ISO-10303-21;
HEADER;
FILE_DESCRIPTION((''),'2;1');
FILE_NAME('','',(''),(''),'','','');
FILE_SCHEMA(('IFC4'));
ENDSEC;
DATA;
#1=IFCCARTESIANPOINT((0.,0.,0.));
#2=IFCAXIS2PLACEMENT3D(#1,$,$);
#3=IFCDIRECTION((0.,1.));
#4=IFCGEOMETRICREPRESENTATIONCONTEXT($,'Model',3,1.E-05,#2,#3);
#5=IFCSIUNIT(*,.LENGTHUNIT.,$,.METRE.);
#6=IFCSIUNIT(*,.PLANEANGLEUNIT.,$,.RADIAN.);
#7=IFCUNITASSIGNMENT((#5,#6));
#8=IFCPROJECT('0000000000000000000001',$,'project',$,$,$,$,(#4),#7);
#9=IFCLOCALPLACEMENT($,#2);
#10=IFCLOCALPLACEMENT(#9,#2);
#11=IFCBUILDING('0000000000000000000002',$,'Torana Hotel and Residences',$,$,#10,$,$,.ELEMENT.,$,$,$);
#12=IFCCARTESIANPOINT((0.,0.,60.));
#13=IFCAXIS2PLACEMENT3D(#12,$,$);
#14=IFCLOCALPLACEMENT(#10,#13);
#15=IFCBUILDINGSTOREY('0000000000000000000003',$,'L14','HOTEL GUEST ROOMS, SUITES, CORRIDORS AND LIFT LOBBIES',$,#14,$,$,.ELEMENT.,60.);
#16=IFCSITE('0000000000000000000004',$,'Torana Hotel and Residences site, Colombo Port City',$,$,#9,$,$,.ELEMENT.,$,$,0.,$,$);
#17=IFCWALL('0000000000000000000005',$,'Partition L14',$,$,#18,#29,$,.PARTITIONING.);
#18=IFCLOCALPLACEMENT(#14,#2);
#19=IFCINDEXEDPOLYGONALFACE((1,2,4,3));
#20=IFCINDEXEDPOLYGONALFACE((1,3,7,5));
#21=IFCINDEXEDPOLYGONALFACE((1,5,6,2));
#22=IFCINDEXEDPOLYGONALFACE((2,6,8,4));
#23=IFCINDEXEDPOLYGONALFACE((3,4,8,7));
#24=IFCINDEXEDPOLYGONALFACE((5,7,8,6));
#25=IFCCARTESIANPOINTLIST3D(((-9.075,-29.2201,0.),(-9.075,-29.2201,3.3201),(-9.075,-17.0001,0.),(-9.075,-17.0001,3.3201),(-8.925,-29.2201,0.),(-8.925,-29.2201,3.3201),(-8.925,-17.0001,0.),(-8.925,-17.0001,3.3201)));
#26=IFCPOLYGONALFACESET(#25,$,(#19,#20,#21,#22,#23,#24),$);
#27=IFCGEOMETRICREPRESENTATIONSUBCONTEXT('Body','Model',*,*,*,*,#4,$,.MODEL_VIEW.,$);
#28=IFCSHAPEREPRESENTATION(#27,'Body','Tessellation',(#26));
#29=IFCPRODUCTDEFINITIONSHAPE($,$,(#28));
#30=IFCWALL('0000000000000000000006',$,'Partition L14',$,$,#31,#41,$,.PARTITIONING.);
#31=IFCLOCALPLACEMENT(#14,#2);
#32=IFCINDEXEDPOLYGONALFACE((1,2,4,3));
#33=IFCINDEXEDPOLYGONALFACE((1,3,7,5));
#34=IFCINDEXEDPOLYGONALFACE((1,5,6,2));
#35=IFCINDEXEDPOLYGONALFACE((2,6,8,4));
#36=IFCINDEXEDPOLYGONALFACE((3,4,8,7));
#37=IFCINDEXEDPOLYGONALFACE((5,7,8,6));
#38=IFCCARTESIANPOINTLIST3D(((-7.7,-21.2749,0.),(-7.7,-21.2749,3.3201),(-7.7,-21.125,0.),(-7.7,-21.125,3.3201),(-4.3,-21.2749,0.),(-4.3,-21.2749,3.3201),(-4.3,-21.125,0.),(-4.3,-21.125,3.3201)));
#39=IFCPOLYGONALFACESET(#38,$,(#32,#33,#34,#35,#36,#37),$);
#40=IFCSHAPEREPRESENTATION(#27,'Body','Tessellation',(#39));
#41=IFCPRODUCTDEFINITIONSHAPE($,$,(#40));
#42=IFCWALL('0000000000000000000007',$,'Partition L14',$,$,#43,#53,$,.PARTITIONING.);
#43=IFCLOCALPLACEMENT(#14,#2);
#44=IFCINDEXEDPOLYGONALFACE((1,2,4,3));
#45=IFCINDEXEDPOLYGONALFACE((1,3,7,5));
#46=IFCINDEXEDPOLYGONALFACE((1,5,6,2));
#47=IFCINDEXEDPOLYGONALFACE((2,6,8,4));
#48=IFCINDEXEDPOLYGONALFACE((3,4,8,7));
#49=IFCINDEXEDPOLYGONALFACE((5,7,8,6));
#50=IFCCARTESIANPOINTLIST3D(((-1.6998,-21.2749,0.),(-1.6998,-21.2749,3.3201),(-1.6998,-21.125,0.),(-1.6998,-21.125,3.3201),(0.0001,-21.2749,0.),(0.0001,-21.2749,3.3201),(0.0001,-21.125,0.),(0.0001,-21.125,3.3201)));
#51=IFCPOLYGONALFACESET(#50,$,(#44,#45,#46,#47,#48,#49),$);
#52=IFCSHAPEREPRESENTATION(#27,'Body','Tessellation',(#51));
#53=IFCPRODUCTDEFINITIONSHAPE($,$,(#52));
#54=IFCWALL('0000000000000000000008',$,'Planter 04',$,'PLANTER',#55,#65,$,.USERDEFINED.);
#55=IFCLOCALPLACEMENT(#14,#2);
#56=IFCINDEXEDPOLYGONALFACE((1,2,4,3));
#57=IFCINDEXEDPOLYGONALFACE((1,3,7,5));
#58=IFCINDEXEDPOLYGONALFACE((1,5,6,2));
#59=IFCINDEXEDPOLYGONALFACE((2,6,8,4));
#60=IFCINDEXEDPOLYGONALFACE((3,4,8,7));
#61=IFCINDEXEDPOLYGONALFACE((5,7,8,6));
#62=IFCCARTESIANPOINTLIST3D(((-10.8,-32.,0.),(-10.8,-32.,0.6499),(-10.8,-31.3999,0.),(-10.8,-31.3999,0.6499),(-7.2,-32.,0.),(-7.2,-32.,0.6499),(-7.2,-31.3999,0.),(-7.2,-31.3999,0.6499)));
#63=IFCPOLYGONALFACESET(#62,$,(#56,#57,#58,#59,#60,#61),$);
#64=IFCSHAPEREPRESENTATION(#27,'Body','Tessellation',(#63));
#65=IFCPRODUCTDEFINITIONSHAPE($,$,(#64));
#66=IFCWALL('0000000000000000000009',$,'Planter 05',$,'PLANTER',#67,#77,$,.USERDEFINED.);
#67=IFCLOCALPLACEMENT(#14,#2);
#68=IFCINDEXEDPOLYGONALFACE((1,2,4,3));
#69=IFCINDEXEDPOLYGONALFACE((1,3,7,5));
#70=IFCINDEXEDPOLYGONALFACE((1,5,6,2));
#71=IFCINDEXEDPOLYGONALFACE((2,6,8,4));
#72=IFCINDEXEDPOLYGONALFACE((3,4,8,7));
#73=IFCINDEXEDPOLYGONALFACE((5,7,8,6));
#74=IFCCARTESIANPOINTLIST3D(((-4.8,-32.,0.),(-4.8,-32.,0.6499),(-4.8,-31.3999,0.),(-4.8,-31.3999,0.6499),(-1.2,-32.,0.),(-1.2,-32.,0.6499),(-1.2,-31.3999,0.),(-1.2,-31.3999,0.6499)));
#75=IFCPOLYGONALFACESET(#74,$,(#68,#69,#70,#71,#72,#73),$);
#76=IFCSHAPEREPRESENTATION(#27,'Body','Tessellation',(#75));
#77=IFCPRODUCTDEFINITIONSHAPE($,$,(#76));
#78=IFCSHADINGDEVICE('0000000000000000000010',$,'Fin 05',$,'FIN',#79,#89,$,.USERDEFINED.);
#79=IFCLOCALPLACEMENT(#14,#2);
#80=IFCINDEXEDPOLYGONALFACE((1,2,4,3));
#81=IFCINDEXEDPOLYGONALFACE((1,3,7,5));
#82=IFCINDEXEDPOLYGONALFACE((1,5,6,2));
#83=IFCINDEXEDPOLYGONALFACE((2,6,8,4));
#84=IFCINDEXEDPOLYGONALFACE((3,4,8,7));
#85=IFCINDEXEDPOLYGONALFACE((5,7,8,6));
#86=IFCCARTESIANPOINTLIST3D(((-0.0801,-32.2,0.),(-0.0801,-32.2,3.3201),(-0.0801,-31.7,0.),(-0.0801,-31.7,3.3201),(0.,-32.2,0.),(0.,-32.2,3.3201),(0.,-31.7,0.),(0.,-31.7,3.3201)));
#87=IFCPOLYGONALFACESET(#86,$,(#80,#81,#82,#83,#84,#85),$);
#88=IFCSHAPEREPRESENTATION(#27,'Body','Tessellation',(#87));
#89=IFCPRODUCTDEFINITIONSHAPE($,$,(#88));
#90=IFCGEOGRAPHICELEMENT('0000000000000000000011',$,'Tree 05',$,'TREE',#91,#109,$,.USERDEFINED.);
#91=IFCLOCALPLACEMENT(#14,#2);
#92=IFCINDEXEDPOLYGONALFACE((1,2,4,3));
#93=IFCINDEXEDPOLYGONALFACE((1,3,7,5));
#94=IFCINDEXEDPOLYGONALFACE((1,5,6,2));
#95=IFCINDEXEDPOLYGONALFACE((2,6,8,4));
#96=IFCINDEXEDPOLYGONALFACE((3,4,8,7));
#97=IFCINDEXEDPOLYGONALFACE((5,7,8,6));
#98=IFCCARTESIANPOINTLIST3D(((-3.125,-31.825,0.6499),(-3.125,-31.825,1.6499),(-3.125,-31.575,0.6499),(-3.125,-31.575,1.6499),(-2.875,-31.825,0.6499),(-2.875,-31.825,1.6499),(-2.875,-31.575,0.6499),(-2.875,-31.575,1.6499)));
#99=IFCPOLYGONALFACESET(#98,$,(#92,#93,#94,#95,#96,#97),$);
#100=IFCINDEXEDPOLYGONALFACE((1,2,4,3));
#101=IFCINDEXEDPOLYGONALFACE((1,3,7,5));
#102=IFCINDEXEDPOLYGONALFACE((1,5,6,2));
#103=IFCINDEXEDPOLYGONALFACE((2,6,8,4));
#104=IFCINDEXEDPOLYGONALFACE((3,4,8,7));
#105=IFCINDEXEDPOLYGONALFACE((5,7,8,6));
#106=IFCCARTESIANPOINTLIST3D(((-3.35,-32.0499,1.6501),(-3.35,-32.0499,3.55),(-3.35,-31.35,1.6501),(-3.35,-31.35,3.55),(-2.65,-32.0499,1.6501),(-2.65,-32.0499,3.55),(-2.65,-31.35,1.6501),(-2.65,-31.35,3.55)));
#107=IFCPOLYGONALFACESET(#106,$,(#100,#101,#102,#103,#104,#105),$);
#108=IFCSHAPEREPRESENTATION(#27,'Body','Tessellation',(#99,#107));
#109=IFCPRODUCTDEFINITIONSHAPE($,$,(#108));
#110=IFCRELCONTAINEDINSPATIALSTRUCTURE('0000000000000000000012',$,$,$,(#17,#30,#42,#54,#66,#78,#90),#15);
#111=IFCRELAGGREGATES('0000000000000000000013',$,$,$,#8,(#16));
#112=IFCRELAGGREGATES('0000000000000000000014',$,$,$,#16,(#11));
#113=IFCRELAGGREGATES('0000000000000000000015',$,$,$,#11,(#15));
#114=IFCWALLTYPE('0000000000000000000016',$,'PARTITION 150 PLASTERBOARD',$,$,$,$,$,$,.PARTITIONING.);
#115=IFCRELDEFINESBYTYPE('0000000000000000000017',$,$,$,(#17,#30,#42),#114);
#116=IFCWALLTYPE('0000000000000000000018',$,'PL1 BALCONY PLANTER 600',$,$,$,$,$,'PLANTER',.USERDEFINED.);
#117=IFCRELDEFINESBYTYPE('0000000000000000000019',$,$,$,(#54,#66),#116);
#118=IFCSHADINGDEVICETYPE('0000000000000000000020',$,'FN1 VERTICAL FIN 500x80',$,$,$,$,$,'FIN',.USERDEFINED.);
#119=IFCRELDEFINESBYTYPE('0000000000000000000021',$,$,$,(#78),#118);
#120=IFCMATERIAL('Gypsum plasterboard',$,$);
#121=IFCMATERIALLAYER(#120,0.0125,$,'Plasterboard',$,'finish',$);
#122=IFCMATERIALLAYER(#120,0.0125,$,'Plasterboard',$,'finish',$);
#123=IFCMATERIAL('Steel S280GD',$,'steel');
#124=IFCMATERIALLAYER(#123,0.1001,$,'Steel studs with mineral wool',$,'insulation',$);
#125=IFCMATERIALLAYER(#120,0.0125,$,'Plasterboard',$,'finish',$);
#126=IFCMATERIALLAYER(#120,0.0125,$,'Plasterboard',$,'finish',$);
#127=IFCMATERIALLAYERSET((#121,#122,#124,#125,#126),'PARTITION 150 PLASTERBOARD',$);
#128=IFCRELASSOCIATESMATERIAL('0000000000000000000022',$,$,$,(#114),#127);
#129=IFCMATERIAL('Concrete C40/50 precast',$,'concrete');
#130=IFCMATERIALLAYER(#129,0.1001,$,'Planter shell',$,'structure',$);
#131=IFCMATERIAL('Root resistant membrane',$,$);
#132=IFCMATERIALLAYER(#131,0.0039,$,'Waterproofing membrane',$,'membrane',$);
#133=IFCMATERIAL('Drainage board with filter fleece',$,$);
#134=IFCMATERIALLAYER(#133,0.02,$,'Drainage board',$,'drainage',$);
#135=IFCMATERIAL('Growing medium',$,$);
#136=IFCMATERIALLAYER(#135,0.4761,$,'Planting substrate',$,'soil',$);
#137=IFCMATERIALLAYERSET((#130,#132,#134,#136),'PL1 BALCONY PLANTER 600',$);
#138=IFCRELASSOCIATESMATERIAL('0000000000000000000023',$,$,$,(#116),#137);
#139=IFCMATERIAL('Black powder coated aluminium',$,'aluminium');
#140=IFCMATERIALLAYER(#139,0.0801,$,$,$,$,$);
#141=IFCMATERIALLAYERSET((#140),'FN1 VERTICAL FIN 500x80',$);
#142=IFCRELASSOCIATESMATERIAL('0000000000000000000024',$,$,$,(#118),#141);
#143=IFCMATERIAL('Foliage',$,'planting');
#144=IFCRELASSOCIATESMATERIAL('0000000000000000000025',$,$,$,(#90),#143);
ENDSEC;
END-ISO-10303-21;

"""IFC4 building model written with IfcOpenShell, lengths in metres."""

from ifc_helpers import new_model, si_unit, direction, frame, frame_2d, origin, origin_2d, place, context, subcontext, project, spatial, rectangle, extrude, material, layer, layer_set, type_object, element, save


model = new_model("IFC4")

# Units and contexts
model_context = context("Model", 3, precision=1e-05, world=origin(), true_north=direction((0.0, 1.0)))
body_context = subcontext(model_context, "Body", "Model", "MODEL_VIEW")
ifc_project = project(units=[si_unit("LENGTHUNIT", "METRE"), si_unit("PLANEANGLEUNIT", "RADIAN")], contexts=[model_context])

# Site, building, storey
site_placement = place(None, origin())
site = spatial("IfcSite", under=ifc_project, at=site_placement, Name="Torana Hotel and Residences site, Colombo Port City", CompositionType="ELEMENT", RefElevation=0.0)
building_placement = place(site_placement, origin())
building = spatial("IfcBuilding", under=site, at=building_placement, Name="Torana Hotel and Residences", CompositionType="ELEMENT")
storey_placement = place(building_placement, frame((0.0, 0.0, 60.0)))
storey = spatial("IfcBuildingStorey", under=building, at=storey_placement, Name="L14", Description="HOTEL GUEST ROOMS, SUITES, CORRIDORS AND LIFT LOBBIES", CompositionType="ELEMENT", Elevation=60.0)

# Shared definitions
ifc_material_1 = material(Name="Gypsum plasterboard")
ifc_layer_1 = layer(ifc_material_1, 0.0125, Name="Plasterboard", Category="finish")
ifc_layer_2 = layer(ifc_material_1, 0.0125, Name="Plasterboard", Category="finish")
ifc_material_2 = material(Name="Steel S280GD", Category="steel")
ifc_layer_3 = layer(ifc_material_2, 0.1001, Name="Steel studs with mineral wool", Category="insulation")
ifc_layer_4 = layer(ifc_material_1, 0.0125, Name="Plasterboard", Category="finish")
ifc_layer_5 = layer(ifc_material_1, 0.0125, Name="Plasterboard", Category="finish")
ifc_layer_set_1 = layer_set([ifc_layer_1, ifc_layer_2, ifc_layer_3, ifc_layer_4, ifc_layer_5], Name="PARTITION 150 PLASTERBOARD")
wall_type_1 = type_object("IfcWallType", Name="PARTITION 150 PLASTERBOARD", PredefinedType="PARTITIONING", material=ifc_layer_set_1)

# Walls
wall_1_placement = place(storey_placement, frame((-9.0, -29.22, 0.0), z_axis=(0.0, 0.0, 1.0), x_axis=(0.0, 1.0, 0.0)))
element("IfcWall", 1, at=wall_1_placement, inside=storey, type_object=wall_type_1, Name="Partition L14", PredefinedType="PARTITIONING", context=body_context, shape_type="SweptSolid", body=[
    extrude(rectangle(XDim=12.22, YDim=0.1499, at=frame_2d((6.1099, 0.0))), origin(), (0.0, 0.0, 1.0), 3.3201),
])
wall_2_placement = place(storey_placement, frame((-7.7, -21.2, 0.0), z_axis=(0.0, 0.0, 1.0), x_axis=(1.0, 0.0, 0.0)))
element("IfcWall", 2, at=wall_2_placement, inside=storey, type_object=wall_type_1, Name="Partition L14", PredefinedType="PARTITIONING", context=body_context, shape_type="SweptSolid", body=[
    extrude(rectangle(XDim=3.3999, YDim=0.1499, at=frame_2d((1.7, 0.0))), origin(), (0.0, 0.0, 1.0), 3.3201),
])
wall_3_placement = place(storey_placement, frame((-1.7, -21.2, 0.0), z_axis=(0.0, 0.0, 1.0), x_axis=(1.0, 0.0, 0.0)))
element("IfcWall", 3, at=wall_3_placement, inside=storey, type_object=wall_type_1, Name="Partition L14", PredefinedType="PARTITIONING", context=body_context, shape_type="SweptSolid", body=[
    extrude(rectangle(XDim=1.7, YDim=0.1499, at=frame_2d((0.8501, 0.0))), origin(), (0.0, 0.0, 1.0), 3.3201),
])
ifc_material_3 = material(Name="Concrete C40/50 precast", Category="concrete")
ifc_layer_6 = layer(ifc_material_3, 0.1001, Name="Planter shell", Category="structure")
ifc_material_4 = material(Name="Root resistant membrane")
ifc_layer_7 = layer(ifc_material_4, 0.0039, Name="Waterproofing membrane", Category="membrane")
ifc_material_5 = material(Name="Drainage board with filter fleece")
ifc_layer_8 = layer(ifc_material_5, 0.02, Name="Drainage board", Category="drainage")
ifc_material_6 = material(Name="Growing medium")
ifc_layer_9 = layer(ifc_material_6, 0.4761, Name="Planting substrate", Category="soil")
ifc_layer_set_2 = layer_set([ifc_layer_6, ifc_layer_7, ifc_layer_8, ifc_layer_9], Name="PL1 BALCONY PLANTER 600")
wall_type_2 = type_object("IfcWallType", Name="PL1 BALCONY PLANTER 600", ElementType="PLANTER", PredefinedType="USERDEFINED", material=ifc_layer_set_2)
for number, where, z_axis, x_axis, name in (
    (4, (-7.2, -31.7, 0.0), (0.0, 0.0, 1.0), (-1.0, 0.0, 0.0), "Planter 04"),
    (5, (-1.2, -31.7, 0.0), (0.0, 0.0, 1.0), (-1.0, 0.0, 0.0), "Planter 05"),
):
    element("IfcWall", number, at=place(storey_placement, frame(where, z_axis=z_axis, x_axis=x_axis)), inside=storey, type_object=wall_type_2, Name=name, ObjectType="PLANTER", PredefinedType="USERDEFINED", context=body_context, shape_type="SweptSolid", body=[
        extrude(rectangle(XDim=3.6001, YDim=0.6001, at=frame_2d((1.8, 0.0))), origin(), (0.0, 0.0, 1.0), 0.6499),
    ])

# Shading device
ifc_material_7 = material(Name="Black powder coated aluminium", Category="aluminium")
ifc_layer_10 = layer(ifc_material_7, 0.0801)
ifc_layer_set_3 = layer_set([ifc_layer_10], Name="FN1 VERTICAL FIN 500x80")
shading_device_type = type_object("IfcShadingDeviceType", Name="FN1 VERTICAL FIN 500x80", ElementType="FIN", PredefinedType="USERDEFINED", material=ifc_layer_set_3)
shading_device_placement = place(storey_placement, frame((-0.04, -31.95, 0.0), z_axis=(0.0, 0.0, 1.0), x_axis=(-1.0, 0.0, 0.0)))
element("IfcShadingDevice", 6, at=shading_device_placement, inside=storey, type_object=shading_device_type, Name="Fin 05", ObjectType="FIN", PredefinedType="USERDEFINED", context=body_context, shape_type="SweptSolid", body=[
    extrude(rectangle(XDim=0.0801, YDim=0.5, at=origin_2d()), origin(), (0.0, 0.0, 1.0), 3.3201),
])

# Geographic element
ifc_material_8 = material(Name="Foliage", Category="planting")
geographic_element_placement = place(storey_placement, frame((-3.0, -31.7, 0.6499), z_axis=(0.0, 0.0, 1.0), x_axis=(1.0, 0.0, 0.0)))
element("IfcGeographicElement", 7, at=geographic_element_placement, inside=storey, material=ifc_material_8, Name="Tree 05", ObjectType="TREE", PredefinedType="USERDEFINED", context=body_context, shape_type="SweptSolid", body=[
    extrude(rectangle(XDim=0.25, YDim=0.25, at=origin_2d()), origin(), (0.0, 0.0, 1.0), 1.0),
    extrude(rectangle(XDim=0.7, YDim=0.7, at=origin_2d()), frame((0.0, 0.0, 1.0002)), (0.0, 0.0, 1.0), 1.8999),
])

save(model, "model.ifc")
